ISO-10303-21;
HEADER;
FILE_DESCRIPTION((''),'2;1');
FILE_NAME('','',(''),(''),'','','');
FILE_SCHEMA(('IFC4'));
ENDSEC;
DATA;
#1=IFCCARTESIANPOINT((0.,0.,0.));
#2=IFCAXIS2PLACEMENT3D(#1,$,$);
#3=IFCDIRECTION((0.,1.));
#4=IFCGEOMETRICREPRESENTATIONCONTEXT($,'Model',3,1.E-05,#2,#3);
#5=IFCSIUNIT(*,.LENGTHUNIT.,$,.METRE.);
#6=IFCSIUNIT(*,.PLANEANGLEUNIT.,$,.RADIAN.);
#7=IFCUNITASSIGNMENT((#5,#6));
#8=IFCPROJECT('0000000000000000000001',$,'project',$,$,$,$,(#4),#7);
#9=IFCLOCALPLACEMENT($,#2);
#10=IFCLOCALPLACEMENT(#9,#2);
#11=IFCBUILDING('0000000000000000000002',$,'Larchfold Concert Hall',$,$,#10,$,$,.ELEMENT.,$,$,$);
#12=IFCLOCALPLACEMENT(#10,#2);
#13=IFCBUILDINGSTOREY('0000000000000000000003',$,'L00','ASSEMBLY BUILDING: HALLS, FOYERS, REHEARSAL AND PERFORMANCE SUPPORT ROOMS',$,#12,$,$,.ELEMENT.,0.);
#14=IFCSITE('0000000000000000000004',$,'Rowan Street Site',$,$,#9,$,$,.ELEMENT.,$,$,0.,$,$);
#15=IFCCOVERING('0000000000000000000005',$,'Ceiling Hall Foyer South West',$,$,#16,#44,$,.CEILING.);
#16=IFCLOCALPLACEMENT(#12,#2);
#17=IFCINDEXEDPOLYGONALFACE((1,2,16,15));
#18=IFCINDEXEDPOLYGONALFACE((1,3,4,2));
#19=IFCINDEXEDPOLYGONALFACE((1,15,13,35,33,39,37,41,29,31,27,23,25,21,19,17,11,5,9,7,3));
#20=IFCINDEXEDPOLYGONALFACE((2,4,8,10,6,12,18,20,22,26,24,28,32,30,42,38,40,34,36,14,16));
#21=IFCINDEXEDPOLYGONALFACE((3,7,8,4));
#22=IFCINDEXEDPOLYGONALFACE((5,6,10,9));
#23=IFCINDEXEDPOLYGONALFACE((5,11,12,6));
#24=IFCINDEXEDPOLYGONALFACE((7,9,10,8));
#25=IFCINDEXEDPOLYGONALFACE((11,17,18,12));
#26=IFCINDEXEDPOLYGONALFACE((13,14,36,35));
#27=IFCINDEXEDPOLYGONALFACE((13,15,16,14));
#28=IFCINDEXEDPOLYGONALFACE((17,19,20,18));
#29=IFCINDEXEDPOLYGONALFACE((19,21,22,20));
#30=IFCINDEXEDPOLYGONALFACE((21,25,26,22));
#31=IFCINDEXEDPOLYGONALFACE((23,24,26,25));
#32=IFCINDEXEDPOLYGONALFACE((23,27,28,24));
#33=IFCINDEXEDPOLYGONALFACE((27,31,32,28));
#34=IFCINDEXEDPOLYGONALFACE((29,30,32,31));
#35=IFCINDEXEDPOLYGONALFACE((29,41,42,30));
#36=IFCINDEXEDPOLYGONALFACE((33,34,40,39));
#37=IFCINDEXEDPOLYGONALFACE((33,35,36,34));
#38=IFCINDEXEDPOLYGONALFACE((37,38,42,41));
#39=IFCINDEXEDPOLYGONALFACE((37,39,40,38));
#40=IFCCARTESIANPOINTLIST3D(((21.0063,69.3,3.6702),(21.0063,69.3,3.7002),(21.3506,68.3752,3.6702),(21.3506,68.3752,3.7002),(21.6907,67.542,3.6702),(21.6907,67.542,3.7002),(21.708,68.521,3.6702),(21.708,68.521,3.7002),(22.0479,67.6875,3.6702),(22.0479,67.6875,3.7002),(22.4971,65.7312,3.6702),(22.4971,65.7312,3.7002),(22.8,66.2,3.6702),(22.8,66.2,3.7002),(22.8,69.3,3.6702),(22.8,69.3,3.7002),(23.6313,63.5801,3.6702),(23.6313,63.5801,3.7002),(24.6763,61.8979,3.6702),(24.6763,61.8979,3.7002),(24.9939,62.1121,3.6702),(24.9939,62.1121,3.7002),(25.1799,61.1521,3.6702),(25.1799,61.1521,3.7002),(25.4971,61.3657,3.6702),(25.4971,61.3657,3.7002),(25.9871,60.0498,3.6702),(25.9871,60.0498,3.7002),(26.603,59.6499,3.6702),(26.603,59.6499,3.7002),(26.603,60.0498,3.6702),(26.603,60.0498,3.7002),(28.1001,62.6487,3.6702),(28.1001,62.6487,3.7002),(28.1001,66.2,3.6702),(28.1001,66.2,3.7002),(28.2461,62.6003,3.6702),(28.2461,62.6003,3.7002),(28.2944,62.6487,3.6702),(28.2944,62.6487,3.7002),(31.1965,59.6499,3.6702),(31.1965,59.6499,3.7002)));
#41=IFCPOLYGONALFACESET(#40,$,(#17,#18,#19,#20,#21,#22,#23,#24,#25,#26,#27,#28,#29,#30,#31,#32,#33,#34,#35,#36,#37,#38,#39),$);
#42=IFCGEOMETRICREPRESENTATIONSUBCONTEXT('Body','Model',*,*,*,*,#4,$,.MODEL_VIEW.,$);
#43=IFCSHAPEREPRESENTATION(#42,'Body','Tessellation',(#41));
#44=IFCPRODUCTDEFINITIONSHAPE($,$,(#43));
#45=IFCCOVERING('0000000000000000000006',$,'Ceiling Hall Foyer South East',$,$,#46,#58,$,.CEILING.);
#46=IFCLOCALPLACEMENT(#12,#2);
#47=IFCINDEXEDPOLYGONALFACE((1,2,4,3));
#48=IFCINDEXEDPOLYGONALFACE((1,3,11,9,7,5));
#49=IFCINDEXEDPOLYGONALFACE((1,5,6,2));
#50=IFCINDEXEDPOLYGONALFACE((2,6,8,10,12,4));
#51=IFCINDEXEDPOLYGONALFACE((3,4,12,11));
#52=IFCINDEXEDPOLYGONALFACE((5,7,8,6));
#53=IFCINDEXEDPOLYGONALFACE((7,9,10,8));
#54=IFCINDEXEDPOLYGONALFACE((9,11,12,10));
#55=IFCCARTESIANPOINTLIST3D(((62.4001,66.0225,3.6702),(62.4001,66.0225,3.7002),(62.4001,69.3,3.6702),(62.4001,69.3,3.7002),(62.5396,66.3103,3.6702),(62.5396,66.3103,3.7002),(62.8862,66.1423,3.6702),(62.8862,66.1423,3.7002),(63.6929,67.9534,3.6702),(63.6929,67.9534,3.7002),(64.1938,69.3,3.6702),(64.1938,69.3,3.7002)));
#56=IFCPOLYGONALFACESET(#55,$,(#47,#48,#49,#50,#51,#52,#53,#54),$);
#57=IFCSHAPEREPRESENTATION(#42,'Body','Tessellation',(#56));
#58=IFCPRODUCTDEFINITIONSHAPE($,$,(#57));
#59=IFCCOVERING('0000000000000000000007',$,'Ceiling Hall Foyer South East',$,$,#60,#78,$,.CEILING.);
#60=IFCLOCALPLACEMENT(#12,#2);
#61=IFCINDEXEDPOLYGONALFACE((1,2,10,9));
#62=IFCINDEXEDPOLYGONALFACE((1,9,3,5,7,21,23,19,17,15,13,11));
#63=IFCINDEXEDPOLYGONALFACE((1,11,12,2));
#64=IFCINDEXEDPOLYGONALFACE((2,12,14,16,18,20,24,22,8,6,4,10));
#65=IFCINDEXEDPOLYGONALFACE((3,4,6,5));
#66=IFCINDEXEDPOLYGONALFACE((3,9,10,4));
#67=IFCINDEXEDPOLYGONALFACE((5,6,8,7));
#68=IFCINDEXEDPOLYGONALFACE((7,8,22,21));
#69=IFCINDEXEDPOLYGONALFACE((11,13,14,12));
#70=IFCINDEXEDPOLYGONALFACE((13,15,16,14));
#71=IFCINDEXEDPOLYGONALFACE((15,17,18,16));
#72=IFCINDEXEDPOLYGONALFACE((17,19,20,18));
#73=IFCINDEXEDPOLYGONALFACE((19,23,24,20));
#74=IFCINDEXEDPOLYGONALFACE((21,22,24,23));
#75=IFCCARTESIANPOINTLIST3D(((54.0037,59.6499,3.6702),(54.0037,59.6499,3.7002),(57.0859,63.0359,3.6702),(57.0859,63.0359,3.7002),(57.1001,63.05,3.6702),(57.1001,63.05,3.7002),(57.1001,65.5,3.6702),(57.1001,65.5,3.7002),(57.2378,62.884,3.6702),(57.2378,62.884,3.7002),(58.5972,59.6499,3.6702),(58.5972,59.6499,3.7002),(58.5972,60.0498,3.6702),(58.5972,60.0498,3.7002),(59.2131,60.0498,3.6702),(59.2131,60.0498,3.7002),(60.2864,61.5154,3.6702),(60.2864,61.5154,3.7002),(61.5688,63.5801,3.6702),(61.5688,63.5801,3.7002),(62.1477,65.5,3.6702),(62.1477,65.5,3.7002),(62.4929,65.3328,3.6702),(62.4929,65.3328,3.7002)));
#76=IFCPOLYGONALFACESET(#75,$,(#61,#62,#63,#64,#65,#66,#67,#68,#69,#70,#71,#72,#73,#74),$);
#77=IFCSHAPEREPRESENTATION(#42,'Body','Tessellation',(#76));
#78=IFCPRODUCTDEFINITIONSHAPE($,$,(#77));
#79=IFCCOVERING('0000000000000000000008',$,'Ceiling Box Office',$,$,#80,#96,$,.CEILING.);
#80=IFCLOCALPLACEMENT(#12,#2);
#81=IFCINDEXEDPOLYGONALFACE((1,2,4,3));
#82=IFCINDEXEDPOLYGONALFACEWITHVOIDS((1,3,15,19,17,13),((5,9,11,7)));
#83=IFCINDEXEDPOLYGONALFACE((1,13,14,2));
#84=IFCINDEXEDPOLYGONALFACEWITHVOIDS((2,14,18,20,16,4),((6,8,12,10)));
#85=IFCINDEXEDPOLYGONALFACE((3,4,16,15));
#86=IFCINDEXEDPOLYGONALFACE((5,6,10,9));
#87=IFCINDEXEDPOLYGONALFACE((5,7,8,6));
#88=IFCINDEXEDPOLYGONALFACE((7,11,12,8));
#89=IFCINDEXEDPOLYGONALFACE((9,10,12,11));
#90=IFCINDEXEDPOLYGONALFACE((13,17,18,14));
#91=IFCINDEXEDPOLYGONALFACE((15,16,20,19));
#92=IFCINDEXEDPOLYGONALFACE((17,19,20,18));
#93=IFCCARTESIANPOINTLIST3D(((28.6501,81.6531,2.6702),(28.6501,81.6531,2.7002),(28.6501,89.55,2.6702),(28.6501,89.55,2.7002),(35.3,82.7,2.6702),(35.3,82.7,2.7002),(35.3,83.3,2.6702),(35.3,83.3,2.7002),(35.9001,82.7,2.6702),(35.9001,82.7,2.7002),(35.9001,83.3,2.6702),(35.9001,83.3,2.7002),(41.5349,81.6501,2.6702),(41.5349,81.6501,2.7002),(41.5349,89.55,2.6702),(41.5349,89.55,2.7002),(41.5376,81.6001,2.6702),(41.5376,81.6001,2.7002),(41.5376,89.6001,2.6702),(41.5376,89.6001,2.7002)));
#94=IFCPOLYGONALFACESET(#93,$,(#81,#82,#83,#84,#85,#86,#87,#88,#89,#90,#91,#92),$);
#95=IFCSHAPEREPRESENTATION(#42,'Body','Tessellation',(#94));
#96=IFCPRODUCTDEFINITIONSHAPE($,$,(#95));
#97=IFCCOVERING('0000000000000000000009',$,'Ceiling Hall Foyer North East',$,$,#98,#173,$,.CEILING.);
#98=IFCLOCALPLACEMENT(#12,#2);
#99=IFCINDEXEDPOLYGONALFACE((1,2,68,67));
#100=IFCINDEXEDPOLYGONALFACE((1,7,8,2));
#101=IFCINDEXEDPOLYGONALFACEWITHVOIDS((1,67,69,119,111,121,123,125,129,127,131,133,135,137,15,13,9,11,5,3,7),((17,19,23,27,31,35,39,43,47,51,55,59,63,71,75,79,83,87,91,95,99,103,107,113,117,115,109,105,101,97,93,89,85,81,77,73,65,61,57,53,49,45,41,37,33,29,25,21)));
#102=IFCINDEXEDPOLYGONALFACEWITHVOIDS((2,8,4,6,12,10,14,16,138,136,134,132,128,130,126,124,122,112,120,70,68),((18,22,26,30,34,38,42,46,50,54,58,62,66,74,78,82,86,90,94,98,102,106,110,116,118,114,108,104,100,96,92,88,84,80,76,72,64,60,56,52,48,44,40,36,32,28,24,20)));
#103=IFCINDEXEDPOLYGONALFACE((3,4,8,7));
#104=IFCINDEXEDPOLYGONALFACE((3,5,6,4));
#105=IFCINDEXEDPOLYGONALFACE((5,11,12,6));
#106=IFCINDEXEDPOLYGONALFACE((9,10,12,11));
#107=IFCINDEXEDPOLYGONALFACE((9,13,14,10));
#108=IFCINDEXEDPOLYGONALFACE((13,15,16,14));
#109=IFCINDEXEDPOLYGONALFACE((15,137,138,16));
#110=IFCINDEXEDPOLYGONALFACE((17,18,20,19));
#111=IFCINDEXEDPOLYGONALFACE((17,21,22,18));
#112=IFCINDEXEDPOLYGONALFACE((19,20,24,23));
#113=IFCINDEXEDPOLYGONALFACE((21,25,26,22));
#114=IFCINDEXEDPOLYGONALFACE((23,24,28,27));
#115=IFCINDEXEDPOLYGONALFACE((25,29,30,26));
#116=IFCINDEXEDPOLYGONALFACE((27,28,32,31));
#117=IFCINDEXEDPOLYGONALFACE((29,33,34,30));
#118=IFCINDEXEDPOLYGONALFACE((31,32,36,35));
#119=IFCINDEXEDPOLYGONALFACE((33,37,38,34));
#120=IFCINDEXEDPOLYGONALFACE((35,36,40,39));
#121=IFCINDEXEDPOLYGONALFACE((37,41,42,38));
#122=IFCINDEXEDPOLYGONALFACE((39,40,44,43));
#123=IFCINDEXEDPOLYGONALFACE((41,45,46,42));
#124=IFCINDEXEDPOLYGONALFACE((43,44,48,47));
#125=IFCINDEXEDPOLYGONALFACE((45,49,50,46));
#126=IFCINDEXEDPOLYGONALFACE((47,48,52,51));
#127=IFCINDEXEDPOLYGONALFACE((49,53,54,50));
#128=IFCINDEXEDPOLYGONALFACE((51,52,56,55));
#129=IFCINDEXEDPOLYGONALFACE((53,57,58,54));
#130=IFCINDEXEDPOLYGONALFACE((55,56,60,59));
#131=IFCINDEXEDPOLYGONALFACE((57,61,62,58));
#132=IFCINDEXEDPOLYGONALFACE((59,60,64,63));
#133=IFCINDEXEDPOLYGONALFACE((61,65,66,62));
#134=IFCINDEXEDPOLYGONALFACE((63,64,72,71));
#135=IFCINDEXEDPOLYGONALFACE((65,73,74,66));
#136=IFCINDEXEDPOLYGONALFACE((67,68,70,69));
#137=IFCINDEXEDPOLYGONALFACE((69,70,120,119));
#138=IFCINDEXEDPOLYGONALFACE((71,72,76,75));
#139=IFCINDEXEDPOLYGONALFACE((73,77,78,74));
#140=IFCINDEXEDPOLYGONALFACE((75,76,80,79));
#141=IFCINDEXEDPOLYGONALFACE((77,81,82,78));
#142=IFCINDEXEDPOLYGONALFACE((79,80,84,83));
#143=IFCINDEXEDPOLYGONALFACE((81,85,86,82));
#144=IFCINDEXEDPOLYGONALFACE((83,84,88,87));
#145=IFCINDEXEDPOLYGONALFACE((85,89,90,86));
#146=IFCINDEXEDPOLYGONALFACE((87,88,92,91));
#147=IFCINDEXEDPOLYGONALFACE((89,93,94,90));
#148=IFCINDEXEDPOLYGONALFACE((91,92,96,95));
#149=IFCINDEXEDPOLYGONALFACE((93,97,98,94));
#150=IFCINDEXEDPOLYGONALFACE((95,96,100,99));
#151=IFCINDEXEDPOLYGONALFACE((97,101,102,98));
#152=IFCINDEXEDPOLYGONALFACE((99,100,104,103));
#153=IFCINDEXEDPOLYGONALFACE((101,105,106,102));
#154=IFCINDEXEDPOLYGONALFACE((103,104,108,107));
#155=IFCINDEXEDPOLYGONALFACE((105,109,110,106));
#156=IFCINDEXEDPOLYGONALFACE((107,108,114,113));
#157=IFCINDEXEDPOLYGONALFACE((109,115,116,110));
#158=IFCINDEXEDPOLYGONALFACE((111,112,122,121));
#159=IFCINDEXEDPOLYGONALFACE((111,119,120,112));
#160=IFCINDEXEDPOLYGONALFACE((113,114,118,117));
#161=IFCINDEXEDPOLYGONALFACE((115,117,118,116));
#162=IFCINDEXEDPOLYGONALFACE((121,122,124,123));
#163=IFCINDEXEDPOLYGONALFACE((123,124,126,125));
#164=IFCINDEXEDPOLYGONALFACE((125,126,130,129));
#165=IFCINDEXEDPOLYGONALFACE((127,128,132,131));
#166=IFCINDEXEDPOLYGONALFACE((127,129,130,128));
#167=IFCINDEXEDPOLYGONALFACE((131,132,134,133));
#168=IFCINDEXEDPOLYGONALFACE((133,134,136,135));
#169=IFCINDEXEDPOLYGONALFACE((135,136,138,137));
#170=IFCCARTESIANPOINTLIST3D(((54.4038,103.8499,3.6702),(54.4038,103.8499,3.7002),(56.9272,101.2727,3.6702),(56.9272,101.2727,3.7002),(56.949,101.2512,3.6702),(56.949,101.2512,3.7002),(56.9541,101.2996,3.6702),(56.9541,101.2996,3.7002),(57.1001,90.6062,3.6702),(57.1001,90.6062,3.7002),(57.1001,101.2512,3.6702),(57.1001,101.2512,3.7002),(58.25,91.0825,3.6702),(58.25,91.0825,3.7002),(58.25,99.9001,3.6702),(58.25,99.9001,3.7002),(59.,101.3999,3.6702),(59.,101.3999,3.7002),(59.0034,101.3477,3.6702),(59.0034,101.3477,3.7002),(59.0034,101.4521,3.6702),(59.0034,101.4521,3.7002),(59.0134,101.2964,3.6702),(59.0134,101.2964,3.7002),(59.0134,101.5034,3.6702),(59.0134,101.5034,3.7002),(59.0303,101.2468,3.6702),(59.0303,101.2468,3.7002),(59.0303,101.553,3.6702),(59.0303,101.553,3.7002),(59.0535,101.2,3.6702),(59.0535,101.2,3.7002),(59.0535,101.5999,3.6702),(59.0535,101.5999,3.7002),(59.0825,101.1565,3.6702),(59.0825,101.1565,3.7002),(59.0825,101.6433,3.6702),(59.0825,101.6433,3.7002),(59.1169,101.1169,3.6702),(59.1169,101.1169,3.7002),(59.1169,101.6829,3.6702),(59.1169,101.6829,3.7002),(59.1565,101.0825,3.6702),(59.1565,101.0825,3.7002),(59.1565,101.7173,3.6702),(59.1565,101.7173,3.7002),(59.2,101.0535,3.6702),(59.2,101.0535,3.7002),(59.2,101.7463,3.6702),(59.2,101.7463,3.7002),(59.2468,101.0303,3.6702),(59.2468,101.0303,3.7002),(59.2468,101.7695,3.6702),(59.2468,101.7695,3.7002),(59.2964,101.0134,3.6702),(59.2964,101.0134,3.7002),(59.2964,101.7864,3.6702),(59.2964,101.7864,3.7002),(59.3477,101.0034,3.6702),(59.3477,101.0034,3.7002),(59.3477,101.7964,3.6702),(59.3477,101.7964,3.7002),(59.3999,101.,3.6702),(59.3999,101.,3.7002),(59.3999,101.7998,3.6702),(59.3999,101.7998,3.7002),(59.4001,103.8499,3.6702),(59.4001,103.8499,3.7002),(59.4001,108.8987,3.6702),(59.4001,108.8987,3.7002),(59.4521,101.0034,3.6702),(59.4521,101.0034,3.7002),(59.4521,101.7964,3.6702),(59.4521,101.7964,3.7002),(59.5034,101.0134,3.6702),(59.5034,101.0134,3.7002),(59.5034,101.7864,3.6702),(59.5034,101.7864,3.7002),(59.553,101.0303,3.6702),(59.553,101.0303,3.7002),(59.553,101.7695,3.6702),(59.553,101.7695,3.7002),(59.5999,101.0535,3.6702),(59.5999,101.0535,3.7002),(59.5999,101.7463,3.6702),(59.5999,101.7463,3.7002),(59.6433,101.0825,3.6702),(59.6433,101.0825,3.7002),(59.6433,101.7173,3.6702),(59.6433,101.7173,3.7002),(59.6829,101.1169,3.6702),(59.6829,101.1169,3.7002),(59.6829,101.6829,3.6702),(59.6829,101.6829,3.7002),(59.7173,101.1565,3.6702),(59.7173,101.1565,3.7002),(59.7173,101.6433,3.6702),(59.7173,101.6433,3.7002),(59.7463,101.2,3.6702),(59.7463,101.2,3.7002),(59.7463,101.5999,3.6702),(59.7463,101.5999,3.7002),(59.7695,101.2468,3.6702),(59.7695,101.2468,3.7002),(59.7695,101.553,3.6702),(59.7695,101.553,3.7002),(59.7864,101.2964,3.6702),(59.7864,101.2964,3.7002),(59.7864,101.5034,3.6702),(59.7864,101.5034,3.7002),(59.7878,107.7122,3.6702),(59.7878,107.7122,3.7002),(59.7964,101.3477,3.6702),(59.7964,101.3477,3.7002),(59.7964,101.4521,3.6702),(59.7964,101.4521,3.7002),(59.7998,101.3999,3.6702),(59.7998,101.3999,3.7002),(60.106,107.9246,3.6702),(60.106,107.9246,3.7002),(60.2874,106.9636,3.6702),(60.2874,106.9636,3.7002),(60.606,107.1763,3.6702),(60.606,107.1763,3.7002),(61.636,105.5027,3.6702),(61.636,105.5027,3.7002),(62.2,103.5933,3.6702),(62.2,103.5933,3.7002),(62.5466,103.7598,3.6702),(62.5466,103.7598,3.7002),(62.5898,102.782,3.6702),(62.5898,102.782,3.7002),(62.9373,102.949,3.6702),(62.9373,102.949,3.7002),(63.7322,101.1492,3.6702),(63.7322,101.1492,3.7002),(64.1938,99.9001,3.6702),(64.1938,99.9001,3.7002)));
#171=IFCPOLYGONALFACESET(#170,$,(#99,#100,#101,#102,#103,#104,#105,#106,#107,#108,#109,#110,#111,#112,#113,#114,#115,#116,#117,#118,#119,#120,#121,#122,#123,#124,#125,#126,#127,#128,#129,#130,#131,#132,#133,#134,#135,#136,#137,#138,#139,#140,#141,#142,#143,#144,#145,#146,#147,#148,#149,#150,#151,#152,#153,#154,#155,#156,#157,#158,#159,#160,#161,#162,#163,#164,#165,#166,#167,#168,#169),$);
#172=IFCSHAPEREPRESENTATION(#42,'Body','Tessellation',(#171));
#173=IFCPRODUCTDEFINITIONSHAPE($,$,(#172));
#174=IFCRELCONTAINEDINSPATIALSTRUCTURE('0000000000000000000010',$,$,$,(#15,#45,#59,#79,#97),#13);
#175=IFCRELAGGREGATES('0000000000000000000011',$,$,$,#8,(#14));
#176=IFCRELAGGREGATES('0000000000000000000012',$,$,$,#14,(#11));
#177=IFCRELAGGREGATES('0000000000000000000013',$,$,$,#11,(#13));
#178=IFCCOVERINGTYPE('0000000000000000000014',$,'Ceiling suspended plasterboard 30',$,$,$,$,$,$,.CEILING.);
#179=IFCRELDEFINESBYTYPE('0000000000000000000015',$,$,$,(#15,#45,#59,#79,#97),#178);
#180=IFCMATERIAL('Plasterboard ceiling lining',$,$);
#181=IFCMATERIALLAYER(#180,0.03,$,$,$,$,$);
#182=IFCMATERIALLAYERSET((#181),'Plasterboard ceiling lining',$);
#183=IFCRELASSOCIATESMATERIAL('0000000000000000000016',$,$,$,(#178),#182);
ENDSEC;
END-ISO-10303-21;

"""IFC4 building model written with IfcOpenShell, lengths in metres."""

from ifc_helpers import new_model, si_unit, direction, frame, origin, place, context, subcontext, project, spatial, polyline, outline, extrude, material, layer, layer_set, type_object, element, save


model = new_model("IFC4")

# Units and contexts
model_context = context("Model", 3, precision=1e-05, world=origin(), true_north=direction((0.0, 1.0)))
body_context = subcontext(model_context, "Body", "Model", "MODEL_VIEW")
ifc_project = project(units=[si_unit("LENGTHUNIT", "METRE"), si_unit("PLANEANGLEUNIT", "RADIAN")], contexts=[model_context])

# Site, building, storey
site_placement = place(None, origin())
site = spatial("IfcSite", under=ifc_project, at=site_placement, Name="Rowan Street Site", CompositionType="ELEMENT", RefElevation=0.0)
building_placement = place(site_placement, origin())
building = spatial("IfcBuilding", under=site, at=building_placement, Name="Larchfold Concert Hall", CompositionType="ELEMENT")
storey_placement = place(building_placement, origin())
storey = spatial("IfcBuildingStorey", under=building, at=storey_placement, Name="L00", Description="ASSEMBLY BUILDING: HALLS, FOYERS, REHEARSAL AND PERFORMANCE SUPPORT ROOMS", CompositionType="ELEMENT", Elevation=0.0)

# Coverings
ifc_material_1 = material(Name="Plasterboard ceiling lining")
ifc_layer_1 = layer(ifc_material_1, 0.03)
ifc_layer_set_1 = layer_set([ifc_layer_1], Name="Plasterboard ceiling lining")
covering_type_1 = type_object("IfcCoveringType", Name="Ceiling suspended plasterboard 30", PredefinedType="CEILING", material=ifc_layer_set_1)
covering_1_placement = place(storey_placement, frame((0.0, 0.0, 3.6702)))
element("IfcCovering", 1, at=covering_1_placement, inside=storey, type_object=covering_type_1, Name="Ceiling Hall Foyer South West", PredefinedType="CEILING", context=body_context, shape_type="SweptSolid", body=[
    extrude(outline(polyline([(28.1001, 66.2), (22.8, 66.2), (22.8, 69.3), (21.0063, 69.3), (21.3506, 68.3752), (21.708, 68.521), (22.0479, 67.6875), (21.6907, 67.542), (22.4971, 65.7312), (23.6313, 63.5801), (24.6763, 61.8979), (24.9939, 62.1121), (25.4971, 61.3657), (25.1799, 61.1521), (25.9871, 60.0498), (26.603, 60.0498), (26.603, 59.6499), (31.1965, 59.6499), (28.2461, 62.6003), (28.2944, 62.6487), (28.1001, 62.6487), (28.1001, 66.2)])), origin(), (0.0, 0.0, 1.0), 0.03),
])
covering_2_placement = place(storey_placement, frame((0.0, 0.0, 3.6702)))
element("IfcCovering", 2, at=covering_2_placement, inside=storey, type_object=covering_type_1, Name="Ceiling Hall Foyer South East", PredefinedType="CEILING", context=body_context, shape_type="SweptSolid", body=[
    extrude(outline(polyline([(62.8862, 66.1423), (63.6929, 67.9534), (64.1938, 69.3), (62.4001, 69.3), (62.4001, 66.0225), (62.5396, 66.3103), (62.8862, 66.1423)])), origin(), (0.0, 0.0, 1.0), 0.03),
])
covering_3_placement = place(storey_placement, frame((0.0, 0.0, 3.6702)))
element("IfcCovering", 3, at=covering_3_placement, inside=storey, type_object=covering_type_1, Name="Ceiling Hall Foyer South East", PredefinedType="CEILING", context=body_context, shape_type="SweptSolid", body=[
    extrude(outline(polyline([(61.5688, 63.5801), (62.4929, 65.3328), (62.1477, 65.5), (57.1001, 65.5), (57.1001, 63.05), (57.0859, 63.0359), (57.2378, 62.884), (54.0037, 59.6499), (58.5972, 59.6499), (58.5972, 60.0498), (59.2131, 60.0498), (60.2864, 61.5154), (61.5688, 63.5801)])), origin(), (0.0, 0.0, 1.0), 0.03),
])
covering_4_placement = place(storey_placement, frame((0.0, 0.0, 2.6702)))
element("IfcCovering", 4, at=covering_4_placement, inside=storey, type_object=covering_type_1, Name="Ceiling Box Office", PredefinedType="CEILING", context=body_context, shape_type="SweptSolid", body=[
    extrude(outline(polyline([(28.6501, 89.55), (28.6501, 81.6531), (41.5349, 81.6501), (41.5376, 81.6001), (41.5376, 89.6001), (41.5349, 89.55), (28.6501, 89.55)]), holes=[polyline([(35.3, 83.3), (35.9001, 83.3), (35.9001, 82.7), (35.3, 82.7), (35.3, 83.3)])]), origin(), (0.0, 0.0, 1.0), 0.03),
])
covering_5_placement = place(storey_placement, frame((0.0, 0.0, 3.6702)))
element("IfcCovering", 5, at=covering_5_placement, inside=storey, type_object=covering_type_1, Name="Ceiling Hall Foyer North East", PredefinedType="CEILING", context=body_context, shape_type="SweptSolid", body=[
    extrude(outline(polyline([(57.1001, 101.2512), (57.1001, 90.6062), (58.25, 91.0825), (58.25, 99.9001), (64.1938, 99.9001), (63.7322, 101.1492), (62.9373, 102.949), (62.5898, 102.782), (62.2, 103.5933), (62.5466, 103.7598), (61.636, 105.5027), (60.606, 107.1763), (60.2874, 106.9636), (59.7878, 107.7122), (60.106, 107.9246), (59.4001, 108.8987), (59.4001, 103.8499), (54.4038, 103.8499), (56.9541, 101.2996), (56.9272, 101.2727), (56.949, 101.2512), (57.1001, 101.2512)]), holes=[polyline([(59.2, 101.0535), (59.1565, 101.0825), (59.1169, 101.1169), (59.0825, 101.1565), (59.0535, 101.2), (59.0303, 101.2468), (59.0134, 101.2964), (59.0034, 101.3477), (59.0, 101.3999), (59.0034, 101.4521), (59.0134, 101.5034), (59.0303, 101.553), (59.0535, 101.5999), (59.0825, 101.6433), (59.1169, 101.6829), (59.1565, 101.7173), (59.2, 101.7463), (59.2468, 101.7695), (59.2964, 101.7864), (59.3477, 101.7964), (59.3999, 101.7998), (59.4521, 101.7964), (59.5034, 101.7864), (59.553, 101.7695), (59.5999, 101.7463), (59.6433, 101.7173), (59.6829, 101.6829), (59.7173, 101.6433), (59.7463, 101.5999), (59.7695, 101.553), (59.7864, 101.5034), (59.7964, 101.4521), (59.7998, 101.3999), (59.7964, 101.3477), (59.7864, 101.2964), (59.7695, 101.2468), (59.7463, 101.2), (59.7173, 101.1565), (59.6829, 101.1169), (59.6433, 101.0825), (59.5999, 101.0535), (59.553, 101.0303), (59.5034, 101.0134), (59.4521, 101.0034), (59.3999, 101.0), (59.3477, 101.0034), (59.2964, 101.0134), (59.2468, 101.0303), (59.2, 101.0535)])]), origin(), (0.0, 0.0, 1.0), 0.03),
])

save(model, "model.ifc")
